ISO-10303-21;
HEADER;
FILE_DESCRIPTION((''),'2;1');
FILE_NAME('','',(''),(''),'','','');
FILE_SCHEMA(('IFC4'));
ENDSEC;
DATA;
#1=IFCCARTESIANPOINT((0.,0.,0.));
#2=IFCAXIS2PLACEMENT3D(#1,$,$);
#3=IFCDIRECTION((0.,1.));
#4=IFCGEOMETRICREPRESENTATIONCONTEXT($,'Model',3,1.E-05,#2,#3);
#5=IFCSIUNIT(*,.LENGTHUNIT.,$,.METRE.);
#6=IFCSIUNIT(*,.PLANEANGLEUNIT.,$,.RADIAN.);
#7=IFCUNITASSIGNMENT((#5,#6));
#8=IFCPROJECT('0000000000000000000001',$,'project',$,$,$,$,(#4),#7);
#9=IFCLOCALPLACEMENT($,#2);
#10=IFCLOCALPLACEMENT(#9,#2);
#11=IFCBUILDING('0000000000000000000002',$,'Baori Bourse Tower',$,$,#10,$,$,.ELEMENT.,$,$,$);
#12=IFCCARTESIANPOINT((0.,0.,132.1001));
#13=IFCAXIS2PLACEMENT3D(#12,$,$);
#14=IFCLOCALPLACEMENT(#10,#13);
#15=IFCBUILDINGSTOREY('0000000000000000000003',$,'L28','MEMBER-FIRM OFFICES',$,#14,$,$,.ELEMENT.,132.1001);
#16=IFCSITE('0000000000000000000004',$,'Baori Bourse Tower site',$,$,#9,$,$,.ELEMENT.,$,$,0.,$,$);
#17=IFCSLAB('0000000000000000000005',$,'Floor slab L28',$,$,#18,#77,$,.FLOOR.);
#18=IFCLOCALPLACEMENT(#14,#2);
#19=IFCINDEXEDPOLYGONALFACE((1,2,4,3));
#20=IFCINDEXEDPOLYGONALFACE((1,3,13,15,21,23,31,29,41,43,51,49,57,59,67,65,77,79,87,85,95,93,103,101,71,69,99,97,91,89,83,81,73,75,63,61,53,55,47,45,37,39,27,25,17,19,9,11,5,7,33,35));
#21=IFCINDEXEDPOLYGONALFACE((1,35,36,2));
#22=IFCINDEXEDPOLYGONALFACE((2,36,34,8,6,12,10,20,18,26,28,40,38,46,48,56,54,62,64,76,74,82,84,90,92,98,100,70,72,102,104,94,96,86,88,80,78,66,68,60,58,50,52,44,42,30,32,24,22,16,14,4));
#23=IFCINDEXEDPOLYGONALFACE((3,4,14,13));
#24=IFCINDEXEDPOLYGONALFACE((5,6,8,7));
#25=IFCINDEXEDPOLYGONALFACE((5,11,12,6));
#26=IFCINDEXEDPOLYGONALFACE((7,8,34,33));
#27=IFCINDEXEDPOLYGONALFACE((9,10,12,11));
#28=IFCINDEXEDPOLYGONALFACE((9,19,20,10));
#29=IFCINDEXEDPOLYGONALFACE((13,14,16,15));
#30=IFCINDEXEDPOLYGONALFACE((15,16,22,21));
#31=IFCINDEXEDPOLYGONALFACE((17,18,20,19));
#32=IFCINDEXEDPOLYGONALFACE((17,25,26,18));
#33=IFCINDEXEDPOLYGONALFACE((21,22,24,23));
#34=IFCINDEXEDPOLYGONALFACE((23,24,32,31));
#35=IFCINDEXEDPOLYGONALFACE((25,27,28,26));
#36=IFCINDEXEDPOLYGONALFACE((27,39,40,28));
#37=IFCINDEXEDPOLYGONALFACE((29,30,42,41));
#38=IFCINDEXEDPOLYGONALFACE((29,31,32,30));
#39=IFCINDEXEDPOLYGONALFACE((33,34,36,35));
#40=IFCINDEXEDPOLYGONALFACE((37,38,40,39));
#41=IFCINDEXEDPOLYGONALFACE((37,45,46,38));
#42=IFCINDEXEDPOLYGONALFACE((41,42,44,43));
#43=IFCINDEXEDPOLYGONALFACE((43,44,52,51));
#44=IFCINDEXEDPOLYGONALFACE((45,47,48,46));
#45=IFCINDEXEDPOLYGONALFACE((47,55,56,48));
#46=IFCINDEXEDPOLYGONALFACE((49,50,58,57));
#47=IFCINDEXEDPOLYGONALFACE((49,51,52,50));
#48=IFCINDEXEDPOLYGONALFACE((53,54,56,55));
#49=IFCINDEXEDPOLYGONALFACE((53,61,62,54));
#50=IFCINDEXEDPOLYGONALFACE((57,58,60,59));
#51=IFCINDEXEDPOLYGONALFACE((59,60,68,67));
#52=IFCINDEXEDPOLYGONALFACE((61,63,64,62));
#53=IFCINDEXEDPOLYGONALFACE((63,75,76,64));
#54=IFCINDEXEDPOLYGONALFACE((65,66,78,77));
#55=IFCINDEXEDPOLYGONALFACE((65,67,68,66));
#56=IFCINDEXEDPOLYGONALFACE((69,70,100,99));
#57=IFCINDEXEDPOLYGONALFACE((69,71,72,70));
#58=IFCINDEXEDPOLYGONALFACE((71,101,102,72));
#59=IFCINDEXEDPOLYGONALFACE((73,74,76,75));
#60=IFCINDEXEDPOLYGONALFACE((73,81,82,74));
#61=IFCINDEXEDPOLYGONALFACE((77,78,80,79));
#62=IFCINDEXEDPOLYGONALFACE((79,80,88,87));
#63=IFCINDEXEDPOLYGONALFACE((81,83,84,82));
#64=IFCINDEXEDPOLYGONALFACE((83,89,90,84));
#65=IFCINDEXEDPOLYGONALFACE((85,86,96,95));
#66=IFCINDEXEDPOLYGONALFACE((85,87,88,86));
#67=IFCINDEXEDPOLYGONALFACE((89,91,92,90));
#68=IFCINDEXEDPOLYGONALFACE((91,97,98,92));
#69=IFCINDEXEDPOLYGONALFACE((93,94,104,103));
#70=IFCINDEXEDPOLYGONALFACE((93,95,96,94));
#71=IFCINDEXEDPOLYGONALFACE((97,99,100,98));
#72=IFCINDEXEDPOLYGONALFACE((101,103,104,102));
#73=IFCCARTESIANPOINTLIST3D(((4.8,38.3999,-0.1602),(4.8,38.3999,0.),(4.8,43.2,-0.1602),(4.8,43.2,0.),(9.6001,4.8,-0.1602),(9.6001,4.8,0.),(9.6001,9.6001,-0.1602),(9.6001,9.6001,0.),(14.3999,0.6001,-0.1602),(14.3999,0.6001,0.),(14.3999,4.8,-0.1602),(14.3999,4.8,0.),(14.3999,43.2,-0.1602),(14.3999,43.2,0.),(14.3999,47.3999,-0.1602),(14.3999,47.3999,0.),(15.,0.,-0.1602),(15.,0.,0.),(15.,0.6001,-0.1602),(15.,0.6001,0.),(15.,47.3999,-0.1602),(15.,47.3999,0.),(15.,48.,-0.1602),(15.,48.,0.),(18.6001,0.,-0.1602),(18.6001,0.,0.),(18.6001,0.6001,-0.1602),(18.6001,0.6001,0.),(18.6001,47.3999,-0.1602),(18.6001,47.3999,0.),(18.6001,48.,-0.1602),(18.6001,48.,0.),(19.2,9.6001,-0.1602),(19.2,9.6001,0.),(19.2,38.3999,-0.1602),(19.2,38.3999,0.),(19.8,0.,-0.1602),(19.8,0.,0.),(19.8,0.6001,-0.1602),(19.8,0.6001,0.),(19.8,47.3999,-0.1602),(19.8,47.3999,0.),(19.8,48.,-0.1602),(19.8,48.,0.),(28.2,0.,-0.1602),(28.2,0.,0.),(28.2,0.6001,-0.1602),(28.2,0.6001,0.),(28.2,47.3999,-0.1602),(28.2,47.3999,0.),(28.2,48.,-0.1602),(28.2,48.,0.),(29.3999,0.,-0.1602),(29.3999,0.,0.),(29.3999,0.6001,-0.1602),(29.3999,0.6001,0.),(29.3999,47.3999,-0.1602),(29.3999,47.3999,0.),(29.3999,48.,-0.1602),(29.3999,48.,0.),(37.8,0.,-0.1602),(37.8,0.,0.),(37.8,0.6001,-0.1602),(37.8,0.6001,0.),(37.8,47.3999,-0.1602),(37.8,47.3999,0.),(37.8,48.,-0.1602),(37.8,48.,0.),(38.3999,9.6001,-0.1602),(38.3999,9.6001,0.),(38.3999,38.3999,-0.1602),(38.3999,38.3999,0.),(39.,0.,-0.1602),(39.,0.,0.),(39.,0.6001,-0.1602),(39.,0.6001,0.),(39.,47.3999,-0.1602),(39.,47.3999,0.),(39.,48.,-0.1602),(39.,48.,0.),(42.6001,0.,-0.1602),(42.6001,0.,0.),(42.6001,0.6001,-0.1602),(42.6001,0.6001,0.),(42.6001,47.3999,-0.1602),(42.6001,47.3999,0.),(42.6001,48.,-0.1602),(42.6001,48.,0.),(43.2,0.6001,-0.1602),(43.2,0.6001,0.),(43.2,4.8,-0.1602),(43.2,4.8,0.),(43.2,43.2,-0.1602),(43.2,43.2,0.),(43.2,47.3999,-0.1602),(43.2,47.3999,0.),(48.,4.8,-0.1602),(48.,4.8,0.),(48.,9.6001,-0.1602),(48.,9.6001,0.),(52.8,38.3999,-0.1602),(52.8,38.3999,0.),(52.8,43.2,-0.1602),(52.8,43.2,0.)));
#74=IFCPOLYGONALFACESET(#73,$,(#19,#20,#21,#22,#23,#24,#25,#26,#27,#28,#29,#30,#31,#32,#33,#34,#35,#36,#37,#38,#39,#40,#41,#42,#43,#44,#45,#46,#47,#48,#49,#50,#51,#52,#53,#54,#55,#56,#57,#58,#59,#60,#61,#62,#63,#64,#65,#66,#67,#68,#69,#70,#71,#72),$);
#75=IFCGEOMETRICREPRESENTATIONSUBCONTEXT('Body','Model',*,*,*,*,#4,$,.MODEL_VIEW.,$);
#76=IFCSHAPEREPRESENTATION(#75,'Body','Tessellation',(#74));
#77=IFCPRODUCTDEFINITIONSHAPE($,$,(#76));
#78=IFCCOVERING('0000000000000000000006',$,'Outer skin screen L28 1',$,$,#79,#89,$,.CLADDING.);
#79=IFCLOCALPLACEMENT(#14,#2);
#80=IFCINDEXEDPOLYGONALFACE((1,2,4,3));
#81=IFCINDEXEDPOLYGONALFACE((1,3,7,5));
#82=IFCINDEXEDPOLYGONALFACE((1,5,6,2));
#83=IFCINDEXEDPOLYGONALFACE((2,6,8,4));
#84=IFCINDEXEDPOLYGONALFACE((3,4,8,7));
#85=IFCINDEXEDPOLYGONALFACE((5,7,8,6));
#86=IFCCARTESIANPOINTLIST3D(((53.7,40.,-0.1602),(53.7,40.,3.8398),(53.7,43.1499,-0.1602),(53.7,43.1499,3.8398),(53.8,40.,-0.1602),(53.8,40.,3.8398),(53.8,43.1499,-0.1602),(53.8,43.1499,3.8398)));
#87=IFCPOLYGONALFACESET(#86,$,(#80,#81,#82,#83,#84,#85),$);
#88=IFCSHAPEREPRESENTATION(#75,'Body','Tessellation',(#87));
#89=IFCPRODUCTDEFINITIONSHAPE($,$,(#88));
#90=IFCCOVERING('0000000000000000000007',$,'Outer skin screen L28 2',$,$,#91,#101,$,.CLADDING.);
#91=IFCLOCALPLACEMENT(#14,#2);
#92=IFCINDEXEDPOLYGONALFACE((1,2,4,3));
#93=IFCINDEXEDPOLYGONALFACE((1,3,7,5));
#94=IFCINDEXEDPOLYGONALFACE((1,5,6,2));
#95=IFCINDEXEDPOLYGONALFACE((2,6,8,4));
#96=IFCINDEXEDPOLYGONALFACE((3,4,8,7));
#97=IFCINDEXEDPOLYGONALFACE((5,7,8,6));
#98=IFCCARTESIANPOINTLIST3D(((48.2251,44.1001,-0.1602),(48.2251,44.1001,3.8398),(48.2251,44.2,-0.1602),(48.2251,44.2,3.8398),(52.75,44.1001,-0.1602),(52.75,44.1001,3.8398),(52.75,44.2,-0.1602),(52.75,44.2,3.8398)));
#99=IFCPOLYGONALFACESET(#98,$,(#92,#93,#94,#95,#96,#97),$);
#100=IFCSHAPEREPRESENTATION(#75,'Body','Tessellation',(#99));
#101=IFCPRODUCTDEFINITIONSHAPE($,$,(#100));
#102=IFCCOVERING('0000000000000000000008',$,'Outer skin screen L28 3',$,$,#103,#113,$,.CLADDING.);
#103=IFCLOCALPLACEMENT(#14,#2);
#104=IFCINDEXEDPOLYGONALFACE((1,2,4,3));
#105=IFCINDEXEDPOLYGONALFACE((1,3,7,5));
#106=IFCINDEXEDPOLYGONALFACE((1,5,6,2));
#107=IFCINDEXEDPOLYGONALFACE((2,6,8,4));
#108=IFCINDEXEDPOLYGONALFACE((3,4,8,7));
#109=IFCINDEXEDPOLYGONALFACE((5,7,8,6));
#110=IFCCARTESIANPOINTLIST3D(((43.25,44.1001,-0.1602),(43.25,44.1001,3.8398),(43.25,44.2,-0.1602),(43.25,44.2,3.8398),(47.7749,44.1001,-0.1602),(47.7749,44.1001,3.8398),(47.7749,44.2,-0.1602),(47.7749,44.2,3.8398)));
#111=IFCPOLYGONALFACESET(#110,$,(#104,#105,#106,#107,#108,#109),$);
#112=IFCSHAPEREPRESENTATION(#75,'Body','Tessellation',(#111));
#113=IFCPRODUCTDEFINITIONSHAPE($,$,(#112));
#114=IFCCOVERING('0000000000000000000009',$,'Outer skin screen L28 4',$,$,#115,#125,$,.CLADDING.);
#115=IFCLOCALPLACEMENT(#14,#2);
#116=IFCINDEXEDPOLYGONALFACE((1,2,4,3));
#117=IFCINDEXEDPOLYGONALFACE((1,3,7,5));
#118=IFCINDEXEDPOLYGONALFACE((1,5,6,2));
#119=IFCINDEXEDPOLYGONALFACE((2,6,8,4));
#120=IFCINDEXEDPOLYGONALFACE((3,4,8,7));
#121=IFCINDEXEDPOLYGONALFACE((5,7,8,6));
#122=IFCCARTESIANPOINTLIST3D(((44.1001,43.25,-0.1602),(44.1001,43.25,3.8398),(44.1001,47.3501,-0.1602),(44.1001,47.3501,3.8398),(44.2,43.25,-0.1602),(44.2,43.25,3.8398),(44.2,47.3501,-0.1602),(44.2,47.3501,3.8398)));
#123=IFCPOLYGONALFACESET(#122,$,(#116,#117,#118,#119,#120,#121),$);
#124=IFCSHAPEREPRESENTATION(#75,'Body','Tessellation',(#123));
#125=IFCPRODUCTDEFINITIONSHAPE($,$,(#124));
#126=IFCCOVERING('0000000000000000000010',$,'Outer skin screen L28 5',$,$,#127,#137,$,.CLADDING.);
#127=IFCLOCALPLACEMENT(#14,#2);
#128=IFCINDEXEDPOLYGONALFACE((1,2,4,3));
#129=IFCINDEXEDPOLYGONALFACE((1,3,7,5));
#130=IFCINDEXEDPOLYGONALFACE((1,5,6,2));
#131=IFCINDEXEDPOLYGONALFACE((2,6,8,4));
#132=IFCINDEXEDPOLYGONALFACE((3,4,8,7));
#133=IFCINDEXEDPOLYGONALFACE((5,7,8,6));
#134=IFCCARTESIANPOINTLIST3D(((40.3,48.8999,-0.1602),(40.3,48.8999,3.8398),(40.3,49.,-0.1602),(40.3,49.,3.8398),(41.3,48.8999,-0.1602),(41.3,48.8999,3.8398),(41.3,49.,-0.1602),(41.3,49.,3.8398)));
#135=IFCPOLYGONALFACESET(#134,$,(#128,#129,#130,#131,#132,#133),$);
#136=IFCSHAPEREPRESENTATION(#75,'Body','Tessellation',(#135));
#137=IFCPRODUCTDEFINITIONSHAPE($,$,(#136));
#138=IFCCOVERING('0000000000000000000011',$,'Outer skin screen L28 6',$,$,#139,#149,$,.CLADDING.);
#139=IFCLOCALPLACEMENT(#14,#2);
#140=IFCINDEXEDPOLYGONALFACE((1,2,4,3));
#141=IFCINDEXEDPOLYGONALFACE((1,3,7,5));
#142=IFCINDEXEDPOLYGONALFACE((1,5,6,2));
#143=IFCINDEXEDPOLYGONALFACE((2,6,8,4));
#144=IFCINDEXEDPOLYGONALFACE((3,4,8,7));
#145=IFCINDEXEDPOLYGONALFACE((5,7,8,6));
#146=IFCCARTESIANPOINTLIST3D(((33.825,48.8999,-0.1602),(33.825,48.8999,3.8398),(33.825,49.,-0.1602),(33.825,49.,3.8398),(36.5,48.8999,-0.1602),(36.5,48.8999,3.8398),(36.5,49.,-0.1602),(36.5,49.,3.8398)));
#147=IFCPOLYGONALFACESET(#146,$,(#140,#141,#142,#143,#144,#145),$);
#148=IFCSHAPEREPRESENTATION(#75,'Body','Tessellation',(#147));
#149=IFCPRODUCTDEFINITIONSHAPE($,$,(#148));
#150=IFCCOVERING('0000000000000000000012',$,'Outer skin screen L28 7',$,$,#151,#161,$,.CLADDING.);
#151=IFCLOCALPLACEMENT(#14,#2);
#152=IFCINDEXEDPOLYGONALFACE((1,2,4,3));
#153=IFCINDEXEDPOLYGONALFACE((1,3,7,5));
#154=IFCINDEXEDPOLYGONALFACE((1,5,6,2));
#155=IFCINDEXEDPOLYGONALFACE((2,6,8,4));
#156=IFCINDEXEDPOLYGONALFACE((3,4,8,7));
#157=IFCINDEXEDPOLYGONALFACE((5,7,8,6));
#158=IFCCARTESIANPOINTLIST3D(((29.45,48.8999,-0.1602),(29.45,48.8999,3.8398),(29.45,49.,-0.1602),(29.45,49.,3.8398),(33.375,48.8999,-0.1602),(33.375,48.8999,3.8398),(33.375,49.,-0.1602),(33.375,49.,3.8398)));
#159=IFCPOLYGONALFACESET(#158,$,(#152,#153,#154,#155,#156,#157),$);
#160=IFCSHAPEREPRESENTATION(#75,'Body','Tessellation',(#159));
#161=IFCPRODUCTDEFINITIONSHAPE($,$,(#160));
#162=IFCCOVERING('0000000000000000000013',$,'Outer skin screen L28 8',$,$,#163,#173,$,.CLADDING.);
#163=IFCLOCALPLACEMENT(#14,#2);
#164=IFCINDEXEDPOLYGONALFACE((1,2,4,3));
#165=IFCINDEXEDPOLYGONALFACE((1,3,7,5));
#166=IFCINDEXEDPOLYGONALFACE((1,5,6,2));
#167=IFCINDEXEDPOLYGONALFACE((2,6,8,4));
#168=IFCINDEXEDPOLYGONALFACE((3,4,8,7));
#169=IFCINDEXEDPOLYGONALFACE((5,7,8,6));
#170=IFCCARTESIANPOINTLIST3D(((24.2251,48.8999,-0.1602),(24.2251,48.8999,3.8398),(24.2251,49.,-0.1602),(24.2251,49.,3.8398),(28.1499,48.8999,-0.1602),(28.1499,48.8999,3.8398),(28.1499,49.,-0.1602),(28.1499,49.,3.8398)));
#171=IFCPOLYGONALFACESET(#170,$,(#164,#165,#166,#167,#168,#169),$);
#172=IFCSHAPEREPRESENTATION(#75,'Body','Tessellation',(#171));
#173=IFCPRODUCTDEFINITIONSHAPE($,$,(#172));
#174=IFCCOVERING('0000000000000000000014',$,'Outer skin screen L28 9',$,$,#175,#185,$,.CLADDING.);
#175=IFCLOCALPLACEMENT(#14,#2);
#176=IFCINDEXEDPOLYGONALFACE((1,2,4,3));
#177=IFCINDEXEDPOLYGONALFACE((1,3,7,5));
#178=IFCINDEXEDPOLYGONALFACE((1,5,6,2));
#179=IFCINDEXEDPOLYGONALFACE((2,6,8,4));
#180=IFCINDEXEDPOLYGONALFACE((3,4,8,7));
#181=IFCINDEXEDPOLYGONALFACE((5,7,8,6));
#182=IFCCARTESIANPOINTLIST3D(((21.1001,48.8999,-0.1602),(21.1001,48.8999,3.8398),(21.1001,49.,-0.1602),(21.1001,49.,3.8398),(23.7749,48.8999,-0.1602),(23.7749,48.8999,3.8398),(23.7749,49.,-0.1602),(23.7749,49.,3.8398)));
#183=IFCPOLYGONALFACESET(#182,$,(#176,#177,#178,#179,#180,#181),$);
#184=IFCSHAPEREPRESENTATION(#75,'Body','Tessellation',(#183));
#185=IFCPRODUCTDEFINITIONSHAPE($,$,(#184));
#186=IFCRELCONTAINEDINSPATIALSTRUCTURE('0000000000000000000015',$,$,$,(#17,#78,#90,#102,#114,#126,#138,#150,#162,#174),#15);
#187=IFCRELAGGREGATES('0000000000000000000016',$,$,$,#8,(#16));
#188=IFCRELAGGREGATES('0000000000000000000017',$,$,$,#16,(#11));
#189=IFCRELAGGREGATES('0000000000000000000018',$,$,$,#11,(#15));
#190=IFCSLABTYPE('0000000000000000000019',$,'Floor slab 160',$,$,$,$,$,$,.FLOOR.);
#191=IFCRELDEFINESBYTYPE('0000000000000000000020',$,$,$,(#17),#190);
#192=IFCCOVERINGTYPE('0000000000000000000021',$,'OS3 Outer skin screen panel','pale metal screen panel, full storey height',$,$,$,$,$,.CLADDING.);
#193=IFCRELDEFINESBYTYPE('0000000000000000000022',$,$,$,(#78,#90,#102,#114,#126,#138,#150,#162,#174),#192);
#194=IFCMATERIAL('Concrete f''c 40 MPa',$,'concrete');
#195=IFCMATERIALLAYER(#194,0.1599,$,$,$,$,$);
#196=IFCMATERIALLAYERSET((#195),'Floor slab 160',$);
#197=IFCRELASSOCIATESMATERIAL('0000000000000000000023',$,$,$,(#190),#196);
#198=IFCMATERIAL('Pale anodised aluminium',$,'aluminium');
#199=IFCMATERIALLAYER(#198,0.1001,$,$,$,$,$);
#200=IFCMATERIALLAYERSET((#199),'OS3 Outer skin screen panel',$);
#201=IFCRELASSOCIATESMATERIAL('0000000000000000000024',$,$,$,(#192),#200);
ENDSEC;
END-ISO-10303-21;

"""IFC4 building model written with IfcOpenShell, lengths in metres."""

from ifc_helpers import new_model, si_unit, direction, frame, origin, place, context, subcontext, project, spatial, polyline, outline, extrude, material, layer, layer_set, type_object, element, save


model = new_model("IFC4")

# Units and contexts
model_context = context("Model", 3, precision=1e-05, world=origin(), true_north=direction((0.0, 1.0)))
body_context = subcontext(model_context, "Body", "Model", "MODEL_VIEW")
ifc_project = project(units=[si_unit("LENGTHUNIT", "METRE"), si_unit("PLANEANGLEUNIT", "RADIAN")], contexts=[model_context])

# Site, building, storey
site_placement = place(None, origin())
site = spatial("IfcSite", under=ifc_project, at=site_placement, Name="Baori Bourse Tower site", CompositionType="ELEMENT", RefElevation=0.0)
building_placement = place(site_placement, origin())
building = spatial("IfcBuilding", under=site, at=building_placement, Name="Baori Bourse Tower", CompositionType="ELEMENT")
storey_placement = place(building_placement, frame((0.0, 0.0, 132.1001)))
storey = spatial("IfcBuildingStorey", under=building, at=storey_placement, Name="L28", Description="MEMBER-FIRM OFFICES", CompositionType="ELEMENT", Elevation=132.1001)

# Slab
ifc_material_1 = material(Name="Concrete f'c 40 MPa", Category="concrete")
ifc_layer_1 = layer(ifc_material_1, 0.1599)
ifc_layer_set_1 = layer_set([ifc_layer_1], Name="Floor slab 160")
slab_type_1 = type_object("IfcSlabType", Name="Floor slab 160", PredefinedType="FLOOR", material=ifc_layer_set_1)
slab_1_placement = place(storey_placement, frame((0.0, 0.0, -0.1602)))
element("IfcSlab", 1, at=slab_1_placement, inside=storey, type_object=slab_type_1, Name="Floor slab L28", PredefinedType="FLOOR", context=body_context, shape_type="SweptSolid", body=[
    extrude(outline(polyline([(14.3999, 4.8), (9.6001, 4.8), (9.6001, 9.6001), (19.2, 9.6001), (19.2, 38.3999), (4.8, 38.3999), (4.8, 43.2), (14.3999, 43.2), (14.3999, 47.3999), (15.0, 47.3999), (15.0, 48.0), (18.6001, 48.0), (18.6001, 47.3999), (19.8, 47.3999), (19.8, 48.0), (28.2, 48.0), (28.2, 47.3999), (29.3999, 47.3999), (29.3999, 48.0), (37.8, 48.0), (37.8, 47.3999), (39.0, 47.3999), (39.0, 48.0), (42.6001, 48.0), (42.6001, 47.3999), (43.2, 47.3999), (43.2, 43.2), (52.8, 43.2), (52.8, 38.3999), (38.3999, 38.3999), (38.3999, 9.6001), (48.0, 9.6001), (48.0, 4.8), (43.2, 4.8), (43.2, 0.6001), (42.6001, 0.6001), (42.6001, 0.0), (39.0, 0.0), (39.0, 0.6001), (37.8, 0.6001), (37.8, 0.0), (29.3999, 0.0), (29.3999, 0.6001), (28.2, 0.6001), (28.2, 0.0), (19.8, 0.0), (19.8, 0.6001), (18.6001, 0.6001), (18.6001, 0.0), (15.0, 0.0), (15.0, 0.6001), (14.3999, 0.6001), (14.3999, 4.8)])), origin(), (0.0, 0.0, 1.0), 0.1602),
])

# Coverings
ifc_material_2 = material(Name="Pale anodised aluminium", Category="aluminium")
ifc_layer_2 = layer(ifc_material_2, 0.1001)
ifc_layer_set_2 = layer_set([ifc_layer_2], Name="OS3 Outer skin screen panel")
covering_type = type_object("IfcCoveringType", Name="OS3 Outer skin screen panel", Description="pale metal screen panel, full storey height", PredefinedType="CLADDING", material=ifc_layer_set_2)
covering_1_placement = place(storey_placement, frame((0.0, 0.0, -0.1602)))
element("IfcCovering", 2, at=covering_1_placement, inside=storey, type_object=covering_type, Name="Outer skin screen L28 1", PredefinedType="CLADDING", context=body_context, shape_type="SweptSolid", body=[
    extrude(outline(polyline([(53.7, 43.1499), (53.7, 40.0), (53.8, 40.0), (53.8, 43.1499), (53.7, 43.1499)])), origin(), (0.0, 0.0, 1.0), 4.0),
])
covering_2_placement = place(storey_placement, frame((0.0, 0.0, -0.1602)))
element("IfcCovering", 3, at=covering_2_placement, inside=storey, type_object=covering_type, Name="Outer skin screen L28 2", PredefinedType="CLADDING", context=body_context, shape_type="SweptSolid", body=[
    extrude(outline(polyline([(48.2251, 44.1001), (52.75, 44.1001), (52.75, 44.2), (48.2251, 44.2), (48.2251, 44.1001)])), origin(), (0.0, 0.0, 1.0), 4.0),
])
covering_3_placement = place(storey_placement, frame((0.0, 0.0, -0.1602)))
element("IfcCovering", 4, at=covering_3_placement, inside=storey, type_object=covering_type, Name="Outer skin screen L28 3", PredefinedType="CLADDING", context=body_context, shape_type="SweptSolid", body=[
    extrude(outline(polyline([(43.25, 44.1001), (47.7749, 44.1001), (47.7749, 44.2), (43.25, 44.2), (43.25, 44.1001)])), origin(), (0.0, 0.0, 1.0), 4.0),
])
covering_4_placement = place(storey_placement, frame((0.0, 0.0, -0.1602)))
element("IfcCovering", 5, at=covering_4_placement, inside=storey, type_object=covering_type, Name="Outer skin screen L28 4", PredefinedType="CLADDING", context=body_context, shape_type="SweptSolid", body=[
    extrude(outline(polyline([(44.1001, 47.3501), (44.1001, 43.25), (44.2, 43.25), (44.2, 47.3501), (44.1001, 47.3501)])), origin(), (0.0, 0.0, 1.0), 4.0),
])
covering_5_placement = place(storey_placement, frame((0.0, 0.0, -0.1602)))
element("IfcCovering", 6, at=covering_5_placement, inside=storey, type_object=covering_type, Name="Outer skin screen L28 5", PredefinedType="CLADDING", context=body_context, shape_type="SweptSolid", body=[
    extrude(outline(polyline([(40.3, 48.8999), (41.3, 48.8999), (41.3, 49.0), (40.3, 49.0), (40.3, 48.8999)])), origin(), (0.0, 0.0, 1.0), 4.0),
])
covering_6_placement = place(storey_placement, frame((0.0, 0.0, -0.1602)))
element("IfcCovering", 7, at=covering_6_placement, inside=storey, type_object=covering_type, Name="Outer skin screen L28 6", PredefinedType="CLADDING", context=body_context, shape_type="SweptSolid", body=[
    extrude(outline(polyline([(33.825, 48.8999), (36.5, 48.8999), (36.5, 49.0), (33.825, 49.0), (33.825, 48.8999)])), origin(), (0.0, 0.0, 1.0), 4.0),
])
covering_7_placement = place(storey_placement, frame((0.0, 0.0, -0.1602)))
element("IfcCovering", 8, at=covering_7_placement, inside=storey, type_object=covering_type, Name="Outer skin screen L28 7", PredefinedType="CLADDING", context=body_context, shape_type="SweptSolid", body=[
    extrude(outline(polyline([(29.45, 48.8999), (33.375, 48.8999), (33.375, 49.0), (29.45, 49.0), (29.45, 48.8999)])), origin(), (0.0, 0.0, 1.0), 4.0),
])
covering_8_placement = place(storey_placement, frame((0.0, 0.0, -0.1602)))
element("IfcCovering", 9, at=covering_8_placement, inside=storey, type_object=covering_type, Name="Outer skin screen L28 8", PredefinedType="CLADDING", context=body_context, shape_type="SweptSolid", body=[
    extrude(outline(polyline([(24.2251, 48.8999), (28.1499, 48.8999), (28.1499, 49.0), (24.2251, 49.0), (24.2251, 48.8999)])), origin(), (0.0, 0.0, 1.0), 4.0),
])
covering_9_placement = place(storey_placement, frame((0.0, 0.0, -0.1602)))
element("IfcCovering", 10, at=covering_9_placement, inside=storey, type_object=covering_type, Name="Outer skin screen L28 9", PredefinedType="CLADDING", context=body_context, shape_type="SweptSolid", body=[
    extrude(outline(polyline([(21.1001, 48.8999), (23.7749, 48.8999), (23.7749, 49.0), (21.1001, 49.0), (21.1001, 48.8999)])), origin(), (0.0, 0.0, 1.0), 4.0),
])

save(model, "model.ifc")
